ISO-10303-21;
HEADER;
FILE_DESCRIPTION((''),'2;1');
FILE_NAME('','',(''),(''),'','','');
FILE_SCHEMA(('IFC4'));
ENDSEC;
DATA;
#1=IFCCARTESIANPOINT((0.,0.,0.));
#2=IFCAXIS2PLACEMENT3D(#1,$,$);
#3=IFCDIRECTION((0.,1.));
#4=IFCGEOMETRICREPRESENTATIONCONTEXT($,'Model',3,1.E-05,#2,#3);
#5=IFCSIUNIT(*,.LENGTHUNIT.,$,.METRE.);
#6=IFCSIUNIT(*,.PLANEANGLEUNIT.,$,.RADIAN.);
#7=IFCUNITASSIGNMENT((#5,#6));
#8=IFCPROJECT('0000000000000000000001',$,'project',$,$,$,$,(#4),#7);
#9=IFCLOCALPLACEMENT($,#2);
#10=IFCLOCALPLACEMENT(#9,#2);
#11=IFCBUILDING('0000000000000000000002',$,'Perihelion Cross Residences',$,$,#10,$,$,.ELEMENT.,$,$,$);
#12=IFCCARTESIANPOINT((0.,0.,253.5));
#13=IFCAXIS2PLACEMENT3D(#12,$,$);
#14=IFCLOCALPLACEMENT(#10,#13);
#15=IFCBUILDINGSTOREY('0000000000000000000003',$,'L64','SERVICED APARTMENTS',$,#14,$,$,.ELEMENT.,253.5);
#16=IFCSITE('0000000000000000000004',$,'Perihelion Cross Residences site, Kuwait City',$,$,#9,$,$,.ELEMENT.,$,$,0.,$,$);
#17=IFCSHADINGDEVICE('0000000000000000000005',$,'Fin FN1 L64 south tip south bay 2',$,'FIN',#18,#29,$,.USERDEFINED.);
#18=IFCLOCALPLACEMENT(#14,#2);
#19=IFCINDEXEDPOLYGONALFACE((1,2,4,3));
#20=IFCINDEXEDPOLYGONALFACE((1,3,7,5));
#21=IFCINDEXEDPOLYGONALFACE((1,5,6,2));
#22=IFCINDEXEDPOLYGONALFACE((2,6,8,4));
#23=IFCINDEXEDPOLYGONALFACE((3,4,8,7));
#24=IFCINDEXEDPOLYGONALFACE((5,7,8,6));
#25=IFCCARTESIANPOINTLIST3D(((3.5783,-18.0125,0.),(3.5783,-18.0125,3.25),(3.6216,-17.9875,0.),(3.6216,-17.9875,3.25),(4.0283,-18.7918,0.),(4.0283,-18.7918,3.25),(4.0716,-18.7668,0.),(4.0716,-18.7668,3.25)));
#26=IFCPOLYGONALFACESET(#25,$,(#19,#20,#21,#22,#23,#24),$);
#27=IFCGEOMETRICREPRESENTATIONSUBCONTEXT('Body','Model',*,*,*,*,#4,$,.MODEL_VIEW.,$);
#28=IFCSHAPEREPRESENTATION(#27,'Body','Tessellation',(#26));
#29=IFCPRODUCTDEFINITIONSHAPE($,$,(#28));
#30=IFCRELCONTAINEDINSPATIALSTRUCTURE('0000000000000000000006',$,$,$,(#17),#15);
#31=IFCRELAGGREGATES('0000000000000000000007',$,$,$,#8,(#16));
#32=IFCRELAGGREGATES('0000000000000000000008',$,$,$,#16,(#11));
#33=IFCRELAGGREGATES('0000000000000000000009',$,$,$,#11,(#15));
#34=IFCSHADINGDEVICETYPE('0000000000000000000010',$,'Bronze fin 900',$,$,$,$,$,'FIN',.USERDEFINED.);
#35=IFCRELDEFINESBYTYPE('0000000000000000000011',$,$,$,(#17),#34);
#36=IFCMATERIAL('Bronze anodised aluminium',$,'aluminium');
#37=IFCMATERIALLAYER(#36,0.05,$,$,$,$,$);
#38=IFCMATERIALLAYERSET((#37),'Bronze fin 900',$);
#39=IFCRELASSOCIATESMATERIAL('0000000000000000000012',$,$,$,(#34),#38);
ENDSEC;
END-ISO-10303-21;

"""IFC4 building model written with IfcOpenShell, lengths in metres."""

from ifc_helpers import new_model, si_unit, direction, frame, origin, origin_2d, place, context, subcontext, project, spatial, rectangle, extrude, material, layer, layer_set, type_object, element, save


model = new_model("IFC4")

# Units and contexts
model_context = context("Model", 3, precision=1e-05, world=origin(), true_north=direction((0.0, 1.0)))
body_context = subcontext(model_context, "Body", "Model", "MODEL_VIEW")
ifc_project = project(units=[si_unit("LENGTHUNIT", "METRE"), si_unit("PLANEANGLEUNIT", "RADIAN")], contexts=[model_context])

# Site, building, storey
site_placement = place(None, origin())
site = spatial("IfcSite", under=ifc_project, at=site_placement, Name="Perihelion Cross Residences site, Kuwait City", CompositionType="ELEMENT", RefElevation=0.0)
building_placement = place(site_placement, origin())
building = spatial("IfcBuilding", under=site, at=building_placement, Name="Perihelion Cross Residences", CompositionType="ELEMENT")
storey_placement = place(building_placement, frame((0.0, 0.0, 253.5)))
storey = spatial("IfcBuildingStorey", under=building, at=storey_placement, Name="L64", Description="SERVICED APARTMENTS", CompositionType="ELEMENT", Elevation=253.5)

# Shading device
ifc_material_1 = material(Name="Bronze anodised aluminium", Category="aluminium")
ifc_layer_1 = layer(ifc_material_1, 0.05)
ifc_layer_set_1 = layer_set([ifc_layer_1], Name="Bronze fin 900")
shading_device_type = type_object("IfcShadingDeviceType", Name="Bronze fin 900", ElementType="FIN", PredefinedType="USERDEFINED", material=ifc_layer_set_1)
shading_device_placement = place(storey_placement, frame((3.825, -18.3896, 0.0), z_axis=(0.0, 0.0, 1.0), x_axis=(0.5, -0.866025, 0.0)))
element("IfcShadingDevice", 1, at=shading_device_placement, inside=storey, type_object=shading_device_type, Name="Fin FN1 L64 south tip south bay 2", ObjectType="FIN", PredefinedType="USERDEFINED", context=body_context, shape_type="SweptSolid", body=[
    extrude(rectangle(XDim=0.8999, YDim=0.05, at=origin_2d()), origin(), (0.0, 0.0, 1.0), 3.25),
])

save(model, "model.ifc")
